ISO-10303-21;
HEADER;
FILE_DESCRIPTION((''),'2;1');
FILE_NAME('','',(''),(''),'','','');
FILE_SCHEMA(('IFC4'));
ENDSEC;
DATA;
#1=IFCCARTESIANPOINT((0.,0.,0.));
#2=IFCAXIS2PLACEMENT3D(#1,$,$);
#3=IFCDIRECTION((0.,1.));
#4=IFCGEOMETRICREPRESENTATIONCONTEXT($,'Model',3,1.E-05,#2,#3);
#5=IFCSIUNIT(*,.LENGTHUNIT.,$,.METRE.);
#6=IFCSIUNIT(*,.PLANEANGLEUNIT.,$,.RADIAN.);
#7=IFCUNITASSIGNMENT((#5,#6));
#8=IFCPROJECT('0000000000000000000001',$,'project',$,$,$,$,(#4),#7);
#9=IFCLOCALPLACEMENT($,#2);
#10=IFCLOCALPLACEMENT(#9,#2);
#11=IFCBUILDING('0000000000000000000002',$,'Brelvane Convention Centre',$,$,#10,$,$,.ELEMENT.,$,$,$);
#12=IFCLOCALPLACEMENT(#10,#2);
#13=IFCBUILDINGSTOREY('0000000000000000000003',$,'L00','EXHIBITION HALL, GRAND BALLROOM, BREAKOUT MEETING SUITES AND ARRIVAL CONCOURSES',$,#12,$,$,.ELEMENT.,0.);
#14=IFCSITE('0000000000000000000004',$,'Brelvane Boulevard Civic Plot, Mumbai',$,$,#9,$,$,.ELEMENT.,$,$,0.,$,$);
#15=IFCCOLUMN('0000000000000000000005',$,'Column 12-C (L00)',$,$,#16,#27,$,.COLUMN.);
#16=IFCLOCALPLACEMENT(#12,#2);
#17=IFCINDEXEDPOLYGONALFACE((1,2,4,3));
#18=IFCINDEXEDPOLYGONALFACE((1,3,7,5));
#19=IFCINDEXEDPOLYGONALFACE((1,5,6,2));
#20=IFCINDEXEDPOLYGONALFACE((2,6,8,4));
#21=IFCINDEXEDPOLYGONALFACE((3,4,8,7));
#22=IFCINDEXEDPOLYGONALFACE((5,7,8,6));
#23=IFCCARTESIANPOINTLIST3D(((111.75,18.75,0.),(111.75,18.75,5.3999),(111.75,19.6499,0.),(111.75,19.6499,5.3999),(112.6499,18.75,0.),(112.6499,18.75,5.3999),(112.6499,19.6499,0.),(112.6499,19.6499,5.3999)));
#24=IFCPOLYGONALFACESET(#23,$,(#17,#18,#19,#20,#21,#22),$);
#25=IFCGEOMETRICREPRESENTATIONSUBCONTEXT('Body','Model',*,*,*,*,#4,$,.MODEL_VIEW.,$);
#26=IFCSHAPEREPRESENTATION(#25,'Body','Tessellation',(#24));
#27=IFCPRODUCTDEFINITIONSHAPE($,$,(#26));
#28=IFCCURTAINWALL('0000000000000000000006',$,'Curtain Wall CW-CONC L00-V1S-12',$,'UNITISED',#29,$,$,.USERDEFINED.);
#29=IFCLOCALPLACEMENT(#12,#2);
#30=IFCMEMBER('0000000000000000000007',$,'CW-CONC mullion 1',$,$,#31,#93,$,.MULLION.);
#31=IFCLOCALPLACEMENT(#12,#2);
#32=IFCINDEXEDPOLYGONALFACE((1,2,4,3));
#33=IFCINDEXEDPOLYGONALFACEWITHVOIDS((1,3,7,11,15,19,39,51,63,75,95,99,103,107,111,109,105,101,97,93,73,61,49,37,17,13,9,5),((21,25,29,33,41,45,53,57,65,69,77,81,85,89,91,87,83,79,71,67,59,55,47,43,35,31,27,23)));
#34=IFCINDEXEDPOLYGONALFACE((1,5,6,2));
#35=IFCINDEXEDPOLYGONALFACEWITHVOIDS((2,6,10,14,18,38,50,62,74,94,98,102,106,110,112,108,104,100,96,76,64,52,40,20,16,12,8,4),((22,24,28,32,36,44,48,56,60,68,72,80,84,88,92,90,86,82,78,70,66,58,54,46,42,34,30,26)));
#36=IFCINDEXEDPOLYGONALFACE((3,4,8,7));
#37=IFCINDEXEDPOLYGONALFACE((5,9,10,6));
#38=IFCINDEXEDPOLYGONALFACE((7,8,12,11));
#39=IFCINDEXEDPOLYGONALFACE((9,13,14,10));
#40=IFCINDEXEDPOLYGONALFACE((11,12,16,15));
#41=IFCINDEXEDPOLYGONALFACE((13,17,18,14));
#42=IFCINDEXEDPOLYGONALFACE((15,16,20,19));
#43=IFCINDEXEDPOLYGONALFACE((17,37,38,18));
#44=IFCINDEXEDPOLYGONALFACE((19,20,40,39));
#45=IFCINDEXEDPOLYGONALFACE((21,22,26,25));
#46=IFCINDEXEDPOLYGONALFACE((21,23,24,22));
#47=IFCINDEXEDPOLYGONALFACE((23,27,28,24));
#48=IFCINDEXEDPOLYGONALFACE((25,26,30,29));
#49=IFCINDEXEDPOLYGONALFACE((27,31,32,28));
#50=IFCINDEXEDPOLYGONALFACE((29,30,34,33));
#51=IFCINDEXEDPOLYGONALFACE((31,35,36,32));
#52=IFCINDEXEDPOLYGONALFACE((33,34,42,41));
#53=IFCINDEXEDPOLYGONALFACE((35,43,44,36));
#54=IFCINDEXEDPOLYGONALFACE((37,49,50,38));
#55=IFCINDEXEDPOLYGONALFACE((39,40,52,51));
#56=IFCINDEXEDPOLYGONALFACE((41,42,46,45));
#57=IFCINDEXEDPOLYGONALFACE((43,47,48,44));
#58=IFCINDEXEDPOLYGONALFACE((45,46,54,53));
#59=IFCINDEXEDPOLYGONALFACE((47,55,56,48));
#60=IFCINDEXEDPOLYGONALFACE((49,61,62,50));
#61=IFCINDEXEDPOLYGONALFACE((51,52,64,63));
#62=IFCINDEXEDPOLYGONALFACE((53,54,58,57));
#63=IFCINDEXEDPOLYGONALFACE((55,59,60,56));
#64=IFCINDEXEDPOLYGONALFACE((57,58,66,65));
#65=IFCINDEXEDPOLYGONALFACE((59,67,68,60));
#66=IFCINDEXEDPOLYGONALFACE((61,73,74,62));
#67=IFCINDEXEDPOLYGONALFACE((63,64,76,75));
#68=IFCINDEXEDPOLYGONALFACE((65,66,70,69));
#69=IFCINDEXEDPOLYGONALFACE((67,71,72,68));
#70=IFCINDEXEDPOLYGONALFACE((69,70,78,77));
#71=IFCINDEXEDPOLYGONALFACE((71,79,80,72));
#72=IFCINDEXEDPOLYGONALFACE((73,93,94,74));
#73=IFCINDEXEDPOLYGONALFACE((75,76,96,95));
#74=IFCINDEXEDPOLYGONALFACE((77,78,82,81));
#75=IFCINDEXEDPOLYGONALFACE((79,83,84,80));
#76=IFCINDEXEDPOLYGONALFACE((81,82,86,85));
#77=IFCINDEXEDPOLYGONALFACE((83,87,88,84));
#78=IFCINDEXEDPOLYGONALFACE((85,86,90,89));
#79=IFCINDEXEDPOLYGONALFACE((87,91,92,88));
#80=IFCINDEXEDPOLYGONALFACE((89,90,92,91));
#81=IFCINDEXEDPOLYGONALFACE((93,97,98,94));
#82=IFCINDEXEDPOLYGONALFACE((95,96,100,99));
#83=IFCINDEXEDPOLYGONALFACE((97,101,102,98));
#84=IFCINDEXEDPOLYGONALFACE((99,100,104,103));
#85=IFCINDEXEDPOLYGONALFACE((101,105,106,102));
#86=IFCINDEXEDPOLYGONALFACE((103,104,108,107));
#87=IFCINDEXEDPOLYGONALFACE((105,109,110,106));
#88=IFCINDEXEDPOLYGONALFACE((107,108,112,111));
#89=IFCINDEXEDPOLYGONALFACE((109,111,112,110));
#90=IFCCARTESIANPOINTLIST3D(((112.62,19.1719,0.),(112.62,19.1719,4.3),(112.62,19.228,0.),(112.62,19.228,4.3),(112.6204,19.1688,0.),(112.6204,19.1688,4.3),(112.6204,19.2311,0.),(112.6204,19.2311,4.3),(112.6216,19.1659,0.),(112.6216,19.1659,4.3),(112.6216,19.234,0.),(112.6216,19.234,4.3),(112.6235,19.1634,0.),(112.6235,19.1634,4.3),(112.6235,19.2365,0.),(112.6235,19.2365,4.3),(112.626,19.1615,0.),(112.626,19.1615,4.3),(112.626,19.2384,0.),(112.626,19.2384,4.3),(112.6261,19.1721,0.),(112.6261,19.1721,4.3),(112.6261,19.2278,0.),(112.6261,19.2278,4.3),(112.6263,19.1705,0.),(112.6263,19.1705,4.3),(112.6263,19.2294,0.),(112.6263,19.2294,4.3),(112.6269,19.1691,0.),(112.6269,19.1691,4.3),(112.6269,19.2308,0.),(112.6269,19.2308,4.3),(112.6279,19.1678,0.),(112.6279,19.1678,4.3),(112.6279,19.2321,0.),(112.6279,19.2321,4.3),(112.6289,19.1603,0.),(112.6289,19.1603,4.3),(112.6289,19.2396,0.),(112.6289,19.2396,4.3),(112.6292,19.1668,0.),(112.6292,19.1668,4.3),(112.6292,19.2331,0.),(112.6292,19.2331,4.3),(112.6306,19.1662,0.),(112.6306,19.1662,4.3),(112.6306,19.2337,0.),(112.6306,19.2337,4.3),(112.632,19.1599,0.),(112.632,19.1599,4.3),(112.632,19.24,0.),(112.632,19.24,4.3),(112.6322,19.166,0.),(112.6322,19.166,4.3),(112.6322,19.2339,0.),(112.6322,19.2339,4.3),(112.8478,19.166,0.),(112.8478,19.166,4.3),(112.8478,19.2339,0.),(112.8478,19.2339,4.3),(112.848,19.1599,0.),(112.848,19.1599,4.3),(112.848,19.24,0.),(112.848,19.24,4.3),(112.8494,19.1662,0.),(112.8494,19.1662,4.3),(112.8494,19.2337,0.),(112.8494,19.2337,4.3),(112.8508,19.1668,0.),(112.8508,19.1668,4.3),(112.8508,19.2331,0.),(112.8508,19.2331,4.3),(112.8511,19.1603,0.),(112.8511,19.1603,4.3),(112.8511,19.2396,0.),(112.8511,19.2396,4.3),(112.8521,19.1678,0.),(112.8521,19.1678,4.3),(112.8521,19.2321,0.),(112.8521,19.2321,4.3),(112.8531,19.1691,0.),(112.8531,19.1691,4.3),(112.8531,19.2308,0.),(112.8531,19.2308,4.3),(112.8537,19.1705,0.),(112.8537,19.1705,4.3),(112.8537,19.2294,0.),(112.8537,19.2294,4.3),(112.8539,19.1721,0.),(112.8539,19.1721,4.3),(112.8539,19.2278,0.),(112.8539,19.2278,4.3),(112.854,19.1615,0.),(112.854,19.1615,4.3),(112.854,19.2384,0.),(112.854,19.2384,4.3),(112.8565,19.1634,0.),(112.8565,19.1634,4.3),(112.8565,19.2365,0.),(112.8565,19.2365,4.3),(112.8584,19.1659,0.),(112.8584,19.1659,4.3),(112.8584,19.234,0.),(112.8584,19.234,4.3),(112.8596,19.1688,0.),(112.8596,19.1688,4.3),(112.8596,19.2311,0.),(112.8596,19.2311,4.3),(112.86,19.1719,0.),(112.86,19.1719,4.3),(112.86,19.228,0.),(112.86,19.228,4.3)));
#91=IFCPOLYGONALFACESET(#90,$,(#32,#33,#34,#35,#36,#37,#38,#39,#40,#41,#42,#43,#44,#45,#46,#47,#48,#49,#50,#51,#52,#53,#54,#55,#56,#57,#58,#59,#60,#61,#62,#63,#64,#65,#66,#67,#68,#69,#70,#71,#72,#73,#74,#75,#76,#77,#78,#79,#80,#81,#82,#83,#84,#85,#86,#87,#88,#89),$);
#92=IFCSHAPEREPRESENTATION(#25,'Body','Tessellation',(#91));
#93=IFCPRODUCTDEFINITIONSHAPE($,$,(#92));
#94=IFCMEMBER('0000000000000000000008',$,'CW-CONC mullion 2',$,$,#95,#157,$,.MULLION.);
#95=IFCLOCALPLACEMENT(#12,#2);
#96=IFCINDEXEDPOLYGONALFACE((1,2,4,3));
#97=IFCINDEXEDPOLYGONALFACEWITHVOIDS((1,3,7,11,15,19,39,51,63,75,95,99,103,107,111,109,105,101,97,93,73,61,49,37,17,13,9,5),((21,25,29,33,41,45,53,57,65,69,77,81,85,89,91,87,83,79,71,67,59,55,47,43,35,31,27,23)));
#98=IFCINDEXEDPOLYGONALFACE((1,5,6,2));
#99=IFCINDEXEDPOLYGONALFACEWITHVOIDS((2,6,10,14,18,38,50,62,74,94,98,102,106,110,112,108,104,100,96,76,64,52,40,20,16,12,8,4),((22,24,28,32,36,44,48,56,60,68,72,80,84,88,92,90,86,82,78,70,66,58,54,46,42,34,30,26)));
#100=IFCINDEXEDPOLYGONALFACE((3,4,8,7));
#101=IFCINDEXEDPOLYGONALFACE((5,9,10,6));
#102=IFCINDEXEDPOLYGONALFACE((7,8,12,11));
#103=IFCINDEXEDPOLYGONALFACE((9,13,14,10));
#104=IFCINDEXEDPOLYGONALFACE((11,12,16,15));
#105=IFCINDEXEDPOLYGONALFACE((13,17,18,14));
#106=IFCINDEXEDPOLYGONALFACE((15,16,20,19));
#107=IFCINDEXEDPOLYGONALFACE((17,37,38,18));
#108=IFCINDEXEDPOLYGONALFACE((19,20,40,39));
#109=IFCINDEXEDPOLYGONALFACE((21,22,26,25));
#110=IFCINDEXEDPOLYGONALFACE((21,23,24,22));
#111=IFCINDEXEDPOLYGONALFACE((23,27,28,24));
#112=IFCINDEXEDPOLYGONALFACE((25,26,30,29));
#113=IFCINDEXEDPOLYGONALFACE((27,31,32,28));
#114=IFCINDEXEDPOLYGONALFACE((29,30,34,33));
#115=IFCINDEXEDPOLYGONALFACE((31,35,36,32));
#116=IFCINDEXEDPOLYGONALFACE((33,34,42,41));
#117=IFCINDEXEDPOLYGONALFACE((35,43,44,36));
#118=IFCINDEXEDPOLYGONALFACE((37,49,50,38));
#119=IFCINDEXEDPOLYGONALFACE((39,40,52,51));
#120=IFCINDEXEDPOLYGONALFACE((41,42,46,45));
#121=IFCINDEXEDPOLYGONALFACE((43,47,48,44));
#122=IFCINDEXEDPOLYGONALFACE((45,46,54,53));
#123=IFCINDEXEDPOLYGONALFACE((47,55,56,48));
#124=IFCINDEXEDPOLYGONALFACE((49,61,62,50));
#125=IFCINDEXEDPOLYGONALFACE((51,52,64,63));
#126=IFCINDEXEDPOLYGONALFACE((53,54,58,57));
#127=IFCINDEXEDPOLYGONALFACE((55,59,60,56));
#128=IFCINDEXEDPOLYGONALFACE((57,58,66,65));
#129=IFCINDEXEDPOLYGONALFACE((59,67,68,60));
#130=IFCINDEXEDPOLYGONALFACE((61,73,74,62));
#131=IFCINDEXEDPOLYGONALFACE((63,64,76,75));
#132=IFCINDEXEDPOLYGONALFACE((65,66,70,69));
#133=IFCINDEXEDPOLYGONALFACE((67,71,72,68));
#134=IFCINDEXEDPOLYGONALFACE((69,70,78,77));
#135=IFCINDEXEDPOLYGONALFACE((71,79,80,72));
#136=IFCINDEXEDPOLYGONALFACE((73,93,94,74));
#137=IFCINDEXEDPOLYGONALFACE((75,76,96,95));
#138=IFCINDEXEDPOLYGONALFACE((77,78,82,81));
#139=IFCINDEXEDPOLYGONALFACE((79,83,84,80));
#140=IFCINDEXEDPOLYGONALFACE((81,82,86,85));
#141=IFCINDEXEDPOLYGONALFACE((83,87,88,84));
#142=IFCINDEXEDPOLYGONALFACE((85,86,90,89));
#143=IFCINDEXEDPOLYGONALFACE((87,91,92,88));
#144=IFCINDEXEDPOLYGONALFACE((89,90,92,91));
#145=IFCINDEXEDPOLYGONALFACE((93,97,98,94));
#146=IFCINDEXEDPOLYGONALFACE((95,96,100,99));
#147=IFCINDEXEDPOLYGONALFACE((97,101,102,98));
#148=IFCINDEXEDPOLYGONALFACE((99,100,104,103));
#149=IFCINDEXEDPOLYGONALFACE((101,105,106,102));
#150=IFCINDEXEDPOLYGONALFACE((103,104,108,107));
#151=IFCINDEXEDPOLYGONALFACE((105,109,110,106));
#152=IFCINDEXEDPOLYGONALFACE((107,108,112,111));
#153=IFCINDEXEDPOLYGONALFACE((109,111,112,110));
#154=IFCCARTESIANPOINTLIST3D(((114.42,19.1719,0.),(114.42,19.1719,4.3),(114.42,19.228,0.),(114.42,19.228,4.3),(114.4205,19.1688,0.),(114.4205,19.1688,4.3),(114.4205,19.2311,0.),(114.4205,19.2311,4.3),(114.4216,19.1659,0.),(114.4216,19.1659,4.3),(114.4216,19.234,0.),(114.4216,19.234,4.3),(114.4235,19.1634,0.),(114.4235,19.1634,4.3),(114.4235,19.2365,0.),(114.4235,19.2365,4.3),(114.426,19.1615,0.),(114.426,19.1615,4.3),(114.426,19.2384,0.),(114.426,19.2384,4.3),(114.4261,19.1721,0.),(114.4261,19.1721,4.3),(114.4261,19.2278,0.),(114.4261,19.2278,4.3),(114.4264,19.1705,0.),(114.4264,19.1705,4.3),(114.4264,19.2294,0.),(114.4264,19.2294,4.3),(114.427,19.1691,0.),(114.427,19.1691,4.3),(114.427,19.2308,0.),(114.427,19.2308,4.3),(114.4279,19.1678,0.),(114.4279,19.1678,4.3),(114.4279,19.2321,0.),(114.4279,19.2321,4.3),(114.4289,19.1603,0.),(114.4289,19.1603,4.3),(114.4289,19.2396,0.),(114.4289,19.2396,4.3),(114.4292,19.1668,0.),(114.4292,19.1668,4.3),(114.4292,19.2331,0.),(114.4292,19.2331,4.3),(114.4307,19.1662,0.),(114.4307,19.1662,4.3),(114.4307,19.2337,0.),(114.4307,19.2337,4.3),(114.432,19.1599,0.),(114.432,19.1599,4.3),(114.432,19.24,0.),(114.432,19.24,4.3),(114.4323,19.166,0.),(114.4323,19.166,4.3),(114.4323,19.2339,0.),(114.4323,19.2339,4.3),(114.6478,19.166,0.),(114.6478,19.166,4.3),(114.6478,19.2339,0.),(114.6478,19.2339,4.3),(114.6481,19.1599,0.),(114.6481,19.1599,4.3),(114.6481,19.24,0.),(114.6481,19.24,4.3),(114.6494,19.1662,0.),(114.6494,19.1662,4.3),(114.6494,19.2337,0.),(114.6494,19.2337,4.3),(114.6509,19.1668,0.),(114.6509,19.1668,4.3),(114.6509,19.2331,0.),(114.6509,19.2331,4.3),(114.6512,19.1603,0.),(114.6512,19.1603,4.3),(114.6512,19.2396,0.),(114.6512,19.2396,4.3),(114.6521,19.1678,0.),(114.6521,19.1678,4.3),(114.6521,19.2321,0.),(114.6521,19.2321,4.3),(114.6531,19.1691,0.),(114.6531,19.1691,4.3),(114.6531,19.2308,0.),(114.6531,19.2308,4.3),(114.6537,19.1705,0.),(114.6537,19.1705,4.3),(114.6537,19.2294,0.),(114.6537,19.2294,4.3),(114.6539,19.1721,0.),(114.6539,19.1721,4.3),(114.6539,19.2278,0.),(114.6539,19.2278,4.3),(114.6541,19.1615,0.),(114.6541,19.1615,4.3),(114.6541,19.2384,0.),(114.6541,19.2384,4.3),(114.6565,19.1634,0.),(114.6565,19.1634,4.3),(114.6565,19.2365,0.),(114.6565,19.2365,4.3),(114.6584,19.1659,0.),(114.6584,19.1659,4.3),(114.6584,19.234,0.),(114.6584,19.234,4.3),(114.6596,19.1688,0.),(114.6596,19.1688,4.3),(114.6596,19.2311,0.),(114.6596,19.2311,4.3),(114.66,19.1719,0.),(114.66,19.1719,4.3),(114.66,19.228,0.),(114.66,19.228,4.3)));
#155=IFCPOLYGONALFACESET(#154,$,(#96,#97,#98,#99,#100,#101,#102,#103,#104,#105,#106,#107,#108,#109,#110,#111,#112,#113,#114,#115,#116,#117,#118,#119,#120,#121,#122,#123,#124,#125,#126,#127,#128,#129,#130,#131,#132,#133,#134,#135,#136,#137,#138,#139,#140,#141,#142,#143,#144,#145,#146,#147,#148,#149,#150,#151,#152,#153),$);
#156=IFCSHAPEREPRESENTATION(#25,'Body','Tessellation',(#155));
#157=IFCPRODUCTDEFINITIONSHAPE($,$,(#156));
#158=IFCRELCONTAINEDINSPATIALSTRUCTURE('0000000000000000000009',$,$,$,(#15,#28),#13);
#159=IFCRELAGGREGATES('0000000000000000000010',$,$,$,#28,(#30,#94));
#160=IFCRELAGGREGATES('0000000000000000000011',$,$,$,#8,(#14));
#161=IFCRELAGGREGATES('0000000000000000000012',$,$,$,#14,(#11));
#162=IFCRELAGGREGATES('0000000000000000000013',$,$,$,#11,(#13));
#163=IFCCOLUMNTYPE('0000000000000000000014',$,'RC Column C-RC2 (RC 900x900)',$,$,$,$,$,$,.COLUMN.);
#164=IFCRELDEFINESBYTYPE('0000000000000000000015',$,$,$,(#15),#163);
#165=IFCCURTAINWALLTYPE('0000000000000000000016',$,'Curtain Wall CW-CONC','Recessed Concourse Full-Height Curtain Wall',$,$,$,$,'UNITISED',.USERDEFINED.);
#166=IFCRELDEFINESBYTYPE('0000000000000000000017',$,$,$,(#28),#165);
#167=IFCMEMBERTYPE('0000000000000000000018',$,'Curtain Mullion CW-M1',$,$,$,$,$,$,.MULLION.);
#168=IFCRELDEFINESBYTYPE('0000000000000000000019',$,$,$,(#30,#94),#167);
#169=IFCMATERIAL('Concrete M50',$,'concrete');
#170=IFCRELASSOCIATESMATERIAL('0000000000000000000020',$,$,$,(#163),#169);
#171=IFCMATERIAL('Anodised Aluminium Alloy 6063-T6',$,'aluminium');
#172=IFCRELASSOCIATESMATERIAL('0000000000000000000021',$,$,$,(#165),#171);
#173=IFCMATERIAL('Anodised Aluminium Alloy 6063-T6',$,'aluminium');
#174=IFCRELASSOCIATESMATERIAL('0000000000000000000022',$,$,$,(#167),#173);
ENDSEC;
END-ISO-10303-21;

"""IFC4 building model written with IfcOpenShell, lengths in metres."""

from ifc_helpers import new_model, si_unit, direction, frame, origin, origin_2d, place, context, subcontext, project, spatial, rectangle, hollow_rectangle, extrude, material, material_profile, profile_set, type_object, element, aggregate, save


model = new_model("IFC4")

# Units and contexts
model_context = context("Model", 3, precision=1e-05, world=origin(), true_north=direction((0.0, 1.0)))
body_context = subcontext(model_context, "Body", "Model", "MODEL_VIEW")
ifc_project = project(units=[si_unit("LENGTHUNIT", "METRE"), si_unit("PLANEANGLEUNIT", "RADIAN")], contexts=[model_context])

# Site, building, storey
site_placement = place(None, origin())
site = spatial("IfcSite", under=ifc_project, at=site_placement, Name="Brelvane Boulevard Civic Plot, Mumbai", CompositionType="ELEMENT", RefElevation=0.0)
building_placement = place(site_placement, origin())
building = spatial("IfcBuilding", under=site, at=building_placement, Name="Brelvane Convention Centre", CompositionType="ELEMENT")
storey_placement = place(building_placement, origin())
storey = spatial("IfcBuildingStorey", under=building, at=storey_placement, Name="L00", Description="EXHIBITION HALL, GRAND BALLROOM, BREAKOUT MEETING SUITES AND ARRIVAL CONCOURSES", CompositionType="ELEMENT", Elevation=0.0)

# Column
ifc_material_1 = material(Name="Concrete M50", Category="concrete")
ifc_material_profile_1 = material_profile(ifc_material_1, rectangle(XDim=0.8999, YDim=0.8999, at=origin_2d()), Name="RC 900x900")
ifc_profile_set_1 = profile_set([ifc_material_profile_1], Name="Concrete M50")
column_type = type_object("IfcColumnType", Name="RC Column C-RC2 (RC 900x900)", PredefinedType="COLUMN", material=ifc_profile_set_1)
column_placement = place(storey_placement, frame((112.2, 19.2, 0.0), z_axis=(0.0, 0.0, 1.0), x_axis=(1.0, 0.0, 0.0)))
element("IfcColumn", 1, at=column_placement, inside=storey, type_object=column_type, Name="Column 12-C (L00)", PredefinedType="COLUMN", context=body_context, shape_type="SweptSolid", body=[
    extrude(rectangle(XDim=0.8999, YDim=0.8999, at=origin_2d()), origin(), (0.0, 0.0, 1.0), 5.3999),
])

# Curtain wall, members
ifc_material_2 = material(Name="Anodised Aluminium Alloy 6063-T6", Category="aluminium")
curtain_wall_type = type_object("IfcCurtainWallType", Name="Curtain Wall CW-CONC", Description="Recessed Concourse Full-Height Curtain Wall", ElementType="UNITISED", PredefinedType="USERDEFINED", material=ifc_material_2)
curtain_wall_placement = place(storey_placement, origin())
curtain_wall = element("IfcCurtainWall", 2, at=curtain_wall_placement, inside=storey, type_object=curtain_wall_type, Name="Curtain Wall CW-CONC L00-V1S-12", ObjectType="UNITISED", PredefinedType="USERDEFINED")
ifc_material_3 = material(Name="Anodised Aluminium Alloy 6063-T6", Category="aluminium")
ifc_material_profile_2 = material_profile(ifc_material_3, hollow_rectangle(XDim=0.0801, YDim=0.24, WallThickness=0.0061, InnerFilletRadius=0.0061, OuterFilletRadius=0.012, at=origin_2d()), Name="ALU-M 240x80x6.0")
ifc_profile_set_2 = profile_set([ifc_material_profile_2], Name="Anodised Aluminium Alloy 6063-T6")
member_type_1 = type_object("IfcMemberType", Name="Curtain Mullion CW-M1", PredefinedType="MULLION", material=ifc_profile_set_2)
member_1_placement = place(storey_placement, frame((112.74, 19.2, 0.0), z_axis=(0.0, 0.0, 1.0), x_axis=(0.0, 1.0, 0.0)))
member_1 = element("IfcMember", 3, at=member_1_placement, type_object=member_type_1, Name="CW-CONC mullion 1", PredefinedType="MULLION", context=body_context, shape_type="SweptSolid", body=[
    extrude(hollow_rectangle(XDim=0.0801, YDim=0.24, WallThickness=0.0061, InnerFilletRadius=0.0061, OuterFilletRadius=0.012, at=origin_2d()), origin(), (0.0, 0.0, 1.0), 4.3),
])
member_2_placement = place(storey_placement, frame((114.54, 19.2, 0.0), z_axis=(0.0, 0.0, 1.0), x_axis=(0.0, 1.0, 0.0)))
member_2 = element("IfcMember", 4, at=member_2_placement, type_object=member_type_1, Name="CW-CONC mullion 2", PredefinedType="MULLION", context=body_context, shape_type="SweptSolid", body=[
    extrude(hollow_rectangle(XDim=0.0801, YDim=0.24, WallThickness=0.0061, InnerFilletRadius=0.0061, OuterFilletRadius=0.012, at=origin_2d()), origin(), (0.0, 0.0, 1.0), 4.3),
])

aggregate(curtain_wall, [member_1, member_2])

save(model, "model.ifc")
